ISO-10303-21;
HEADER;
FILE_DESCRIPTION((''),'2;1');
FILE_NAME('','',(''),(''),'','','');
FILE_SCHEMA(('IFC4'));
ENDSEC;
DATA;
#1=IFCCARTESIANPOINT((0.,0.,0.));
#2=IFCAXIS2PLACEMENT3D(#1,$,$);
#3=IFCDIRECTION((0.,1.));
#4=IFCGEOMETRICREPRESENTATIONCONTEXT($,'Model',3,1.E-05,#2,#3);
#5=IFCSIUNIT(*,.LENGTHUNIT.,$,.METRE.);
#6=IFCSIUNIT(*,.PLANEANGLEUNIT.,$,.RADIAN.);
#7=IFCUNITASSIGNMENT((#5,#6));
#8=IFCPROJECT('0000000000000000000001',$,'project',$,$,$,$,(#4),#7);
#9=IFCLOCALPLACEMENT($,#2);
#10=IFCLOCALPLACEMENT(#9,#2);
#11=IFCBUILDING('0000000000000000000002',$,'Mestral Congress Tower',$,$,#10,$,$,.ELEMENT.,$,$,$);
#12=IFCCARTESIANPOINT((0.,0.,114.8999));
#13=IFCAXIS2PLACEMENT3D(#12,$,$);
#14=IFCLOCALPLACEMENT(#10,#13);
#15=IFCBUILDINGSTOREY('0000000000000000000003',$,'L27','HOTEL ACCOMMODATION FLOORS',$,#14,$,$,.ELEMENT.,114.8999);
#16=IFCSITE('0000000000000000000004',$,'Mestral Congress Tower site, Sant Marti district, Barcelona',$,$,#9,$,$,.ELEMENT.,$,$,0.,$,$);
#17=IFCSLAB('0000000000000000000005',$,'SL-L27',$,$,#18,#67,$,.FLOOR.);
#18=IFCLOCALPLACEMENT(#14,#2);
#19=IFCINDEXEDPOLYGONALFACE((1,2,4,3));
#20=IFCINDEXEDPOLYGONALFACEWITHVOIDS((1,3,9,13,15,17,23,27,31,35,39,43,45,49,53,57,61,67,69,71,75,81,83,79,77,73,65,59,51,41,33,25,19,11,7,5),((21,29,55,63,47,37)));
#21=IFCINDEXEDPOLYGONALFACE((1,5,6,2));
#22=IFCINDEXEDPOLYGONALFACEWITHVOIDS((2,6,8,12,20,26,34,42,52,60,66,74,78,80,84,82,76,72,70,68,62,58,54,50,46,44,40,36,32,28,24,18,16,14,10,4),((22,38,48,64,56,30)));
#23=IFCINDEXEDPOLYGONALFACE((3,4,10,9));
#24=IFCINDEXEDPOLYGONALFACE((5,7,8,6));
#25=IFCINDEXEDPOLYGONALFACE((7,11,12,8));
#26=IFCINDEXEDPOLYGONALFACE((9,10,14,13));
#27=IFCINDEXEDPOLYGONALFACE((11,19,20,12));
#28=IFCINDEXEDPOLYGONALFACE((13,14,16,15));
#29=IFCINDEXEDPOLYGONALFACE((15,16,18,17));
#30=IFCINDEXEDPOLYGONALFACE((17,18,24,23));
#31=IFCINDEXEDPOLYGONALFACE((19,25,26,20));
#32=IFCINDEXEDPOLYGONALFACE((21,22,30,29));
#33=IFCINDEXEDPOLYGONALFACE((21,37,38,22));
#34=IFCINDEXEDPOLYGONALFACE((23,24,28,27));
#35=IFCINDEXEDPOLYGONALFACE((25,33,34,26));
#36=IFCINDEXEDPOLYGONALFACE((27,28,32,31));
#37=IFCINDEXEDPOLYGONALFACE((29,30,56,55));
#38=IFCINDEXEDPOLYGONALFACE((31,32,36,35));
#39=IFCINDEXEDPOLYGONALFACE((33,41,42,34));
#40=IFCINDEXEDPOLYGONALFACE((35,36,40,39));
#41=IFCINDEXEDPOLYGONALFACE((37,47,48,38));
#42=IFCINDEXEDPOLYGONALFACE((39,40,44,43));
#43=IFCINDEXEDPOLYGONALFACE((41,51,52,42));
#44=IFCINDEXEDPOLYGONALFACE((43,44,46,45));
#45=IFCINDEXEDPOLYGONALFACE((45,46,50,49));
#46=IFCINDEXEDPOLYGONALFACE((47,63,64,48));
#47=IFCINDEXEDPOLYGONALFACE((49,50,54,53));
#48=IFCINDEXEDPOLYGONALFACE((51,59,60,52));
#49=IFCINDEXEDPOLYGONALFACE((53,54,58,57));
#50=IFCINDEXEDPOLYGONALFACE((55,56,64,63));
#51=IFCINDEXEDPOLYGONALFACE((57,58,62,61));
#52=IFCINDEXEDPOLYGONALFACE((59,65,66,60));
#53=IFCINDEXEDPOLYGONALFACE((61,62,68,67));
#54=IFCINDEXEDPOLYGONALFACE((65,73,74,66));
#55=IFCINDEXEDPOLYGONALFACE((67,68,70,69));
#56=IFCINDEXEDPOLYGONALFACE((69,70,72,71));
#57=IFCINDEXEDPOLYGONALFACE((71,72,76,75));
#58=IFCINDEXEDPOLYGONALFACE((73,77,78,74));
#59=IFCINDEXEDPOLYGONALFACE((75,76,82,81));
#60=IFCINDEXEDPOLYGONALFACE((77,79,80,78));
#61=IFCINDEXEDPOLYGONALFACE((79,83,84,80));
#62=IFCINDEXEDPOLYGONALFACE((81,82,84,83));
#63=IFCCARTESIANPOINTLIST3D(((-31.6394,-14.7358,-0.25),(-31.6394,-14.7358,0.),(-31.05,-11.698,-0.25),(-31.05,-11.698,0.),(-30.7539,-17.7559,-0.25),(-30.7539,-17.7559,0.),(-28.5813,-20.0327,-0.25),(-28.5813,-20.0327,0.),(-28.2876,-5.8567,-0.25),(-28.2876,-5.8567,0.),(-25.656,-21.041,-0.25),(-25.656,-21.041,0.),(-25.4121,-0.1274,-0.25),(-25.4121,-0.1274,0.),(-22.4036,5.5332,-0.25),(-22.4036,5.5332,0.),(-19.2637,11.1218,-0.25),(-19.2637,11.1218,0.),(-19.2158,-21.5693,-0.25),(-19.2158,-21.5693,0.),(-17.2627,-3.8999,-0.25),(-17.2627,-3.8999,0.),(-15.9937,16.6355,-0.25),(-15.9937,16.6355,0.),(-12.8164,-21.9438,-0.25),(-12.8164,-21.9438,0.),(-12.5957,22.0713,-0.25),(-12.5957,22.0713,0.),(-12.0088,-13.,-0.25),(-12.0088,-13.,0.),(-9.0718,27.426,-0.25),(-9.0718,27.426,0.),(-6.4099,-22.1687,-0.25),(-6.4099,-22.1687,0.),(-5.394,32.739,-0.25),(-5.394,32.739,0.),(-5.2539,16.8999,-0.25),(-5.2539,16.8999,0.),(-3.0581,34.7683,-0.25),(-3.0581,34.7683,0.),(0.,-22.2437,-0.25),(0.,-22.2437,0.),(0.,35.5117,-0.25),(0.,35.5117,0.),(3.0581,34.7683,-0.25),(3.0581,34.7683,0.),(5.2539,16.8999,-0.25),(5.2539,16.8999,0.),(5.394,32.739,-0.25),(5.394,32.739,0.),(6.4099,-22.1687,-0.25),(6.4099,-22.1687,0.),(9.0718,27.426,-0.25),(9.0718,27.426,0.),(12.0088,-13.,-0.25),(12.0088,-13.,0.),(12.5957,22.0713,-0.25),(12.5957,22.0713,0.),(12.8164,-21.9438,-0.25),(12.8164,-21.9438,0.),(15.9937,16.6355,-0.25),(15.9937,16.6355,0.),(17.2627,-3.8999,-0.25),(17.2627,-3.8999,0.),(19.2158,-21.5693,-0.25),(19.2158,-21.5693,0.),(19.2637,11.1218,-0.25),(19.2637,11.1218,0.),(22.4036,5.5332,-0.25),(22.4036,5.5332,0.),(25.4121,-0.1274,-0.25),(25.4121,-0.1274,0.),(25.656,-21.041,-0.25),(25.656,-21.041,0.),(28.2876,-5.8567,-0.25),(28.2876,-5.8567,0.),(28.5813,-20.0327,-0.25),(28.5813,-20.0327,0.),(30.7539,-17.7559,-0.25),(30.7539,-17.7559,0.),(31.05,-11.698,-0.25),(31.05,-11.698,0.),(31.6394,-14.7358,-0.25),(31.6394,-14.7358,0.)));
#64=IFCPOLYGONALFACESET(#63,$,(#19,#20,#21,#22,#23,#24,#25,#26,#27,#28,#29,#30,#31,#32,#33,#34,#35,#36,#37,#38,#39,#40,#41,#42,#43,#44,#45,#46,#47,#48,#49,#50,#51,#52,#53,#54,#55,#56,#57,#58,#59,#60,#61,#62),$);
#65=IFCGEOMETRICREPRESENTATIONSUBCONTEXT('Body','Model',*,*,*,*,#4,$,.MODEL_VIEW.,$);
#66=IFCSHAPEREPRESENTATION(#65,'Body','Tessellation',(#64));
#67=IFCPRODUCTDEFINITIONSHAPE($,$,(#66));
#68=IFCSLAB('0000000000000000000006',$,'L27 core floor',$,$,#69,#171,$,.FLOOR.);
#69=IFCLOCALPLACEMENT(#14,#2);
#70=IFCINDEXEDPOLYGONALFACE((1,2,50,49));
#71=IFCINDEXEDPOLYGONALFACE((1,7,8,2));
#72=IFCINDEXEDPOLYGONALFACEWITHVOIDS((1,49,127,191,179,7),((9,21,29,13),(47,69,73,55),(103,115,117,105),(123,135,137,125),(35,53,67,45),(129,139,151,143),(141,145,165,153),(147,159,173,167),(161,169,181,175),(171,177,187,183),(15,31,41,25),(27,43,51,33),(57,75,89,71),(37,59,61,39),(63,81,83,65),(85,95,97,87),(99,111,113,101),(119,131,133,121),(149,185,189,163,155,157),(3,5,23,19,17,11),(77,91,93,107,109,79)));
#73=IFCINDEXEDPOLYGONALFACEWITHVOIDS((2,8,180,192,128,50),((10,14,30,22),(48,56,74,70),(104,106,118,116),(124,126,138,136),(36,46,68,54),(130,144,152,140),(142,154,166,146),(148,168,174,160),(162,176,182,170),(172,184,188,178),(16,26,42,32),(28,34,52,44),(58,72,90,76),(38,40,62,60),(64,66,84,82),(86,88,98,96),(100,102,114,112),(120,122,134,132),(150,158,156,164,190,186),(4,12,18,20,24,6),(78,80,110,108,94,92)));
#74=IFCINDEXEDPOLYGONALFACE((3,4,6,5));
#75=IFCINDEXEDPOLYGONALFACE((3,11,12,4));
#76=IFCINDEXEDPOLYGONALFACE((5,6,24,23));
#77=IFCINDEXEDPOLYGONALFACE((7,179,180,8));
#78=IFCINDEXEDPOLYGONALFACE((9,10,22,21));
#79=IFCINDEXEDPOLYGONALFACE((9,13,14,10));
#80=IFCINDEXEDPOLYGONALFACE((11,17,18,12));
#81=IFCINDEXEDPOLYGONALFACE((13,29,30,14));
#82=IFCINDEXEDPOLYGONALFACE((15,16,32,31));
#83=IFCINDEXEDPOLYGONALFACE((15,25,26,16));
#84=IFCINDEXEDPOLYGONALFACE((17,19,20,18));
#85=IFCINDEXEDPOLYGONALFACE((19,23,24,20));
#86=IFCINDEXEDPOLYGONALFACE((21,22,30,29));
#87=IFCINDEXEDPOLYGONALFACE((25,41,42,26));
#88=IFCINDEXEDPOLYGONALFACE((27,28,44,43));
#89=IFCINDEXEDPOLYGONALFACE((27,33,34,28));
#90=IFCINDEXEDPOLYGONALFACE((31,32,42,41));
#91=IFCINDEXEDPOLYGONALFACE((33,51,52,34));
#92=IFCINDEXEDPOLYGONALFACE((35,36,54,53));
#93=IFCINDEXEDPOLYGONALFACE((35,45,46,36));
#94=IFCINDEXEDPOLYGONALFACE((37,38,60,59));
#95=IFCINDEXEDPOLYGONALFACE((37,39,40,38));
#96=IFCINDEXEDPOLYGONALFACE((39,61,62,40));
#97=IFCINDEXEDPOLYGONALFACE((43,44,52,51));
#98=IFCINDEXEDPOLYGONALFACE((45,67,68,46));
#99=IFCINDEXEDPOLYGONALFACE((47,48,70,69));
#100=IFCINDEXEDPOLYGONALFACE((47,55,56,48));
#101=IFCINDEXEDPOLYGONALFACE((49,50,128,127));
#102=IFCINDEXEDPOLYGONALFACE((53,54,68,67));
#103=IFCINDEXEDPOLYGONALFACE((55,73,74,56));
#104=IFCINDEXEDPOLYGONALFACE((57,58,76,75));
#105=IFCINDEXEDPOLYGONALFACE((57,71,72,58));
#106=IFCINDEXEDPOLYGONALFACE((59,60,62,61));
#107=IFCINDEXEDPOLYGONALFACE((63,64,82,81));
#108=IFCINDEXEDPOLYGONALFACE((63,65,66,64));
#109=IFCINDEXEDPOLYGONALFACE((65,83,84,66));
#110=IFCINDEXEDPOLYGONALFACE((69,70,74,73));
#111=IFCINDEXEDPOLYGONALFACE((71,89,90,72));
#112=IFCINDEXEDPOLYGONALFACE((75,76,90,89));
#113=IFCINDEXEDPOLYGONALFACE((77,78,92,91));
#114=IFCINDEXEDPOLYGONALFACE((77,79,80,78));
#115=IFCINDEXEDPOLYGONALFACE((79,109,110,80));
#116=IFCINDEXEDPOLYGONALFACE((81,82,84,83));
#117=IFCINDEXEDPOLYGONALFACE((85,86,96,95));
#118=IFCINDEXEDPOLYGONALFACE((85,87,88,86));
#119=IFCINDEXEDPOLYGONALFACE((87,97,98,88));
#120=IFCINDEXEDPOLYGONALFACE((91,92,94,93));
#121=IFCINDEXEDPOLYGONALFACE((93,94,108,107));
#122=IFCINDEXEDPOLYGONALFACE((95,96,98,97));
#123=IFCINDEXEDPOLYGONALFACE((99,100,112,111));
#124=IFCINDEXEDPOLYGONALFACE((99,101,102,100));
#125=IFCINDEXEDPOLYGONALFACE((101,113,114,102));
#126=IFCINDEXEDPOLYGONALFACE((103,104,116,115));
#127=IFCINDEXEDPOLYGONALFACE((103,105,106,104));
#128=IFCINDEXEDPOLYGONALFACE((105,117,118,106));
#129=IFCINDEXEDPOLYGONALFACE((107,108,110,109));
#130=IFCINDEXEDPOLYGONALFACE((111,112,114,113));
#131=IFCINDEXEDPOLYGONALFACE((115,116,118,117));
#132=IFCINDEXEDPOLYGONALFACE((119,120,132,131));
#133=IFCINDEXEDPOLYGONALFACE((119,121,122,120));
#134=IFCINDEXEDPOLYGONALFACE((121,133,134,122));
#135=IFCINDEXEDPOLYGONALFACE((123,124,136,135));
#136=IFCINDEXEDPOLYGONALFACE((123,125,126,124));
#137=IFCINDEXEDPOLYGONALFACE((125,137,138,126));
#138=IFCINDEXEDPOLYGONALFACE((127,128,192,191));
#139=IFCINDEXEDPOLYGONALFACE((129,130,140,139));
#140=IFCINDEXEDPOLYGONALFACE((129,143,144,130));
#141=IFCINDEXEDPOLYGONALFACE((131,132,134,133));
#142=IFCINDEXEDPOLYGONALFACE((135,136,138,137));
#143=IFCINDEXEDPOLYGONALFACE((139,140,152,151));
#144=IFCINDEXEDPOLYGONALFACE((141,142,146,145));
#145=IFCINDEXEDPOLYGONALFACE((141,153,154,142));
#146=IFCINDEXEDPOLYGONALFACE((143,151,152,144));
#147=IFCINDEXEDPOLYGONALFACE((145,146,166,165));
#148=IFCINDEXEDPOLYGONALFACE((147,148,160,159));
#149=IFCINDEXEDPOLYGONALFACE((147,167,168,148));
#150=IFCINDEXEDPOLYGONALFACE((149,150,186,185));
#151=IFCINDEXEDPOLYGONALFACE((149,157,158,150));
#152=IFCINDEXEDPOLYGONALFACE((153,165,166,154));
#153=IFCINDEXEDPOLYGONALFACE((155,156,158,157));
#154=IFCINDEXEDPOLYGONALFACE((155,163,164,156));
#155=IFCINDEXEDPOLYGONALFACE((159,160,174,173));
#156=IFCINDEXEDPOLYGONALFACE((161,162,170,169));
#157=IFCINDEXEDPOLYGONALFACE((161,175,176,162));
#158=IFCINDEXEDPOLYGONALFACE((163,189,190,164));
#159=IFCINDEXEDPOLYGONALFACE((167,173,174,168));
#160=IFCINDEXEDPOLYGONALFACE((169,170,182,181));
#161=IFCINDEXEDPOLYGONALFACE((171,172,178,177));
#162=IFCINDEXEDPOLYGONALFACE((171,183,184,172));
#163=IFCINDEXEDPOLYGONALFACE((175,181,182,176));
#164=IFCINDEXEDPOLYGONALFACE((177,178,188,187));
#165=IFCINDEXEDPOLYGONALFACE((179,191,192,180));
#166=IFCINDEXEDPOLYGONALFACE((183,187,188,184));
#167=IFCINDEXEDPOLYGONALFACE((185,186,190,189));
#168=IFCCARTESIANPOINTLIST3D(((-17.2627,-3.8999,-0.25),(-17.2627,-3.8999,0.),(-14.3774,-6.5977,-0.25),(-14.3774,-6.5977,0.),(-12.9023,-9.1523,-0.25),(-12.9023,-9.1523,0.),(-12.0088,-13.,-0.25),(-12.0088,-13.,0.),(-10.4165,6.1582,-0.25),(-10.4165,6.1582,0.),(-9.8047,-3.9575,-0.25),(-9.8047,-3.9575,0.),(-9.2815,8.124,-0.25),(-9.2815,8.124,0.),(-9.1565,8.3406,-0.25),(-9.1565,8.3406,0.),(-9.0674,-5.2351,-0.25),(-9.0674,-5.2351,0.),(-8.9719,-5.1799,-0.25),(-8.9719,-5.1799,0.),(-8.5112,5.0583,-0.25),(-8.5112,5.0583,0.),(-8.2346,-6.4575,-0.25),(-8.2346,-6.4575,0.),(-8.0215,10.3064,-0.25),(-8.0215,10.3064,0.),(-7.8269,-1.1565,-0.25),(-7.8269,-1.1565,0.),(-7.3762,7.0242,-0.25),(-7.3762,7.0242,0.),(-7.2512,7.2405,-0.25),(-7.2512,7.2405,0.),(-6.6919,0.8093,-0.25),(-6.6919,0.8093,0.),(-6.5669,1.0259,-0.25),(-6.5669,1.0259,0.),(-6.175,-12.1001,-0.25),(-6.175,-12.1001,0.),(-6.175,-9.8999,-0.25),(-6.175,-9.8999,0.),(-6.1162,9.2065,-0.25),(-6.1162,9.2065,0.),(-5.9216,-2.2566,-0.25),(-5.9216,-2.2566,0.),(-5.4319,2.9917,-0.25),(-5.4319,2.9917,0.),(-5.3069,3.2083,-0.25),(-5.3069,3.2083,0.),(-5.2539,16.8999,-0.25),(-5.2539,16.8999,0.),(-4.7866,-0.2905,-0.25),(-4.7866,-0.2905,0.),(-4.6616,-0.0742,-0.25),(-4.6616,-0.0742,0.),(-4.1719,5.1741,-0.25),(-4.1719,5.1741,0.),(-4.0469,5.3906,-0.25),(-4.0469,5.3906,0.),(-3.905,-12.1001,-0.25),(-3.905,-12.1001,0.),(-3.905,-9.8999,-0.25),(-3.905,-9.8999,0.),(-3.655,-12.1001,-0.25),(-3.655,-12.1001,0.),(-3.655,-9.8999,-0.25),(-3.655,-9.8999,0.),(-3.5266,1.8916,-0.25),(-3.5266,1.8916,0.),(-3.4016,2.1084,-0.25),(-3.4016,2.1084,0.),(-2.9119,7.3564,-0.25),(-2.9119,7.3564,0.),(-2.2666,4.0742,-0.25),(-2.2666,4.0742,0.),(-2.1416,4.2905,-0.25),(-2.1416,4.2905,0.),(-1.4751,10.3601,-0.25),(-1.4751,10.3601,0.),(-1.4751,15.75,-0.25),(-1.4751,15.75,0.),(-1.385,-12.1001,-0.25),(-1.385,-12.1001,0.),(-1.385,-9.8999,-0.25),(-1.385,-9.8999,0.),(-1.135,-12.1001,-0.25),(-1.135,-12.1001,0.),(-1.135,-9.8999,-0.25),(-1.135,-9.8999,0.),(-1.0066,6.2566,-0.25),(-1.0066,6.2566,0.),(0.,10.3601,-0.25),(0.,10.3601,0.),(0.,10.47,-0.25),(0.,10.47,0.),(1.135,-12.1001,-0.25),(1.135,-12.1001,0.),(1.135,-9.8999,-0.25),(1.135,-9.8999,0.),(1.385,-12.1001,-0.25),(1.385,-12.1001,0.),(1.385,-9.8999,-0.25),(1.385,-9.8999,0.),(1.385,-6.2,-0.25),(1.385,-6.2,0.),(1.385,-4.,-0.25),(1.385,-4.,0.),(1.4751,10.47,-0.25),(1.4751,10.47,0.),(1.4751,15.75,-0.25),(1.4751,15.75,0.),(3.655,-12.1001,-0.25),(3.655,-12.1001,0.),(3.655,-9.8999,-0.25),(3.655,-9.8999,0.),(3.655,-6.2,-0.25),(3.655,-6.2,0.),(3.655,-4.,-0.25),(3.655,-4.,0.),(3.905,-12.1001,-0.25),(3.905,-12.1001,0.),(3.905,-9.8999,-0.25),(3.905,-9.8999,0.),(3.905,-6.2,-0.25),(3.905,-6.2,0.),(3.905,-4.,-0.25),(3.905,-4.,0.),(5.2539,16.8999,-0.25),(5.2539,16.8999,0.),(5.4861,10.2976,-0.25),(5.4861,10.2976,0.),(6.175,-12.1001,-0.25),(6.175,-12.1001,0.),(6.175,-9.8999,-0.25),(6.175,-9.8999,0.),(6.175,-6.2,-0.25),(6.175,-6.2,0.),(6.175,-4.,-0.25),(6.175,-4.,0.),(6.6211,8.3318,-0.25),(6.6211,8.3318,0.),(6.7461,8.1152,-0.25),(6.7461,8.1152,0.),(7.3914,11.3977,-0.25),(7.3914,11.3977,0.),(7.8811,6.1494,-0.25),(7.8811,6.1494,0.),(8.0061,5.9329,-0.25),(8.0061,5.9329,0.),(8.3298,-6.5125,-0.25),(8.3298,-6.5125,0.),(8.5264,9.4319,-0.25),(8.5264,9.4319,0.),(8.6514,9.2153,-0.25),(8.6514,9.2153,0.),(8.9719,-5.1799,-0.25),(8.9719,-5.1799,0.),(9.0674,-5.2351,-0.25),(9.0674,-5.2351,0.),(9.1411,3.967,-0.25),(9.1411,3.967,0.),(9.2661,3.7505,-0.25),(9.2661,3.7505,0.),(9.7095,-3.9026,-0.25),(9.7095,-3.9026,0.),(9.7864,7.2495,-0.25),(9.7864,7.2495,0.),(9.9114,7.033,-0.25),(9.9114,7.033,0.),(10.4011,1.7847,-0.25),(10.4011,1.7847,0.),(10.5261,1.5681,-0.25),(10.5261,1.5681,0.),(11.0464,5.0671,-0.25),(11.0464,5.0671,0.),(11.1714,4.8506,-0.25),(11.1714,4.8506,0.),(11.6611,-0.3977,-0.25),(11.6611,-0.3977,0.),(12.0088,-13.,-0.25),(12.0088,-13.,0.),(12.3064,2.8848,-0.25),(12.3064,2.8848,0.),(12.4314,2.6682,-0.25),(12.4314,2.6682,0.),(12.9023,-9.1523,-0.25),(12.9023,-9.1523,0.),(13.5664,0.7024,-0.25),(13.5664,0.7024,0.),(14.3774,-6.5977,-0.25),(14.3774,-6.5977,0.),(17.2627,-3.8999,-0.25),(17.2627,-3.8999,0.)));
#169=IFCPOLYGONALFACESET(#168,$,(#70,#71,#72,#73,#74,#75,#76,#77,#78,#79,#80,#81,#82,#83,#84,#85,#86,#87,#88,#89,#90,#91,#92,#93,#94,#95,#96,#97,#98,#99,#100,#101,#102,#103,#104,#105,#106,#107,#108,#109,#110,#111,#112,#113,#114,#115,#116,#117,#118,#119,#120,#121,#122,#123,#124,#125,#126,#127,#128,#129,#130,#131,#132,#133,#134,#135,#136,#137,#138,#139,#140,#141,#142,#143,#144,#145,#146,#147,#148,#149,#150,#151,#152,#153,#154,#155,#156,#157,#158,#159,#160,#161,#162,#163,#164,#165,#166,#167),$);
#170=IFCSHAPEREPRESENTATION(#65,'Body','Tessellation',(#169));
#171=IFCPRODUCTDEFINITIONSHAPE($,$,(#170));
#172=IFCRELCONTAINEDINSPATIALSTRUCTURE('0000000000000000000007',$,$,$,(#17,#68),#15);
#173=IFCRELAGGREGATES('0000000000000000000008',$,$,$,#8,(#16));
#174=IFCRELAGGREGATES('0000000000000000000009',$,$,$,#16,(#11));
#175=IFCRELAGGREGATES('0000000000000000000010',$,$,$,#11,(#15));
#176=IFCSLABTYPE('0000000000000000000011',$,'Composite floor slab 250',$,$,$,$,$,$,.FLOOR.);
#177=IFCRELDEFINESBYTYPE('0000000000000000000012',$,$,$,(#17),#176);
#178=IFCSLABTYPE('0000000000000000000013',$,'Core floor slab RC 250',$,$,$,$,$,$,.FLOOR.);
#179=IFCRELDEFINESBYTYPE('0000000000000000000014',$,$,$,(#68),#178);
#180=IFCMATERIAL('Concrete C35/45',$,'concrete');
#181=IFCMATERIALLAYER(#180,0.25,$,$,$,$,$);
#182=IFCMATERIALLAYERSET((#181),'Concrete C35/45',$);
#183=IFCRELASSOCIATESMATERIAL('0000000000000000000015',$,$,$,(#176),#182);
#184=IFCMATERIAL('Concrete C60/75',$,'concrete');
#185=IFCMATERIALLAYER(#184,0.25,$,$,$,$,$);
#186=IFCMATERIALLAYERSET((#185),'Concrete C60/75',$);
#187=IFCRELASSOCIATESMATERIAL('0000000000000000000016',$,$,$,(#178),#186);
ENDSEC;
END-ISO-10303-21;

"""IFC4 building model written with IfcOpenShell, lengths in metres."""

from ifc_helpers import new_model, si_unit, direction, frame, origin, place, context, subcontext, project, spatial, polyline, outline, extrude, material, layer, layer_set, type_object, element, save


model = new_model("IFC4")

# Units and contexts
model_context = context("Model", 3, precision=1e-05, world=origin(), true_north=direction((0.0, 1.0)))
body_context = subcontext(model_context, "Body", "Model", "MODEL_VIEW")
ifc_project = project(units=[si_unit("LENGTHUNIT", "METRE"), si_unit("PLANEANGLEUNIT", "RADIAN")], contexts=[model_context])

# Site, building, storey
site_placement = place(None, origin())
site = spatial("IfcSite", under=ifc_project, at=site_placement, Name="Mestral Congress Tower site, Sant Marti district, Barcelona", CompositionType="ELEMENT", RefElevation=0.0)
building_placement = place(site_placement, origin())
building = spatial("IfcBuilding", under=site, at=building_placement, Name="Mestral Congress Tower", CompositionType="ELEMENT")
storey_placement = place(building_placement, frame((0.0, 0.0, 114.8999)))
storey = spatial("IfcBuildingStorey", under=building, at=storey_placement, Name="L27", Description="HOTEL ACCOMMODATION FLOORS", CompositionType="ELEMENT", Elevation=114.8999)

# Slabs
ifc_material_1 = material(Name="Concrete C35/45", Category="concrete")
ifc_layer_1 = layer(ifc_material_1, 0.25)
ifc_layer_set_1 = layer_set([ifc_layer_1], Name="Concrete C35/45")
slab_type_1 = type_object("IfcSlabType", Name="Composite floor slab 250", PredefinedType="FLOOR", material=ifc_layer_set_1)
placement_1 = place(storey_placement, frame((0.0, 0.0, -0.25)))
element("IfcSlab", 1, at=placement_1, inside=storey, type_object=slab_type_1, Name="SL-L27", PredefinedType="FLOOR", context=body_context, shape_type="SweptSolid", body=[
    extrude(outline(polyline([(-25.656, -21.041), (-28.5813, -20.0327), (-30.7539, -17.7559), (-31.6394, -14.7358), (-31.05, -11.698), (-28.2876, -5.8567), (-25.4121, -0.1274), (-22.4036, 5.5332), (-19.2637, 11.1218), (-15.9937, 16.6355), (-12.5957, 22.0713), (-9.0718, 27.426), (-5.394, 32.739), (-3.0581, 34.7683), (0.0, 35.5117), (3.0581, 34.7683), (5.394, 32.739), (9.0718, 27.426), (12.5957, 22.0713), (15.9937, 16.6355), (19.2637, 11.1218), (22.4036, 5.5332), (25.4121, -0.1274), (28.2876, -5.8567), (31.05, -11.698), (31.6394, -14.7358), (30.7539, -17.7559), (28.5813, -20.0327), (25.656, -21.041), (19.2158, -21.5693), (12.8164, -21.9438), (6.4099, -22.1687), (0.0, -22.2437), (-6.4099, -22.1687), (-12.8164, -21.9438), (-19.2158, -21.5693), (-25.656, -21.041)]), holes=[polyline([(-5.2539, 16.8999), (-17.2627, -3.8999), (-12.0088, -13.0), (12.0088, -13.0), (17.2627, -3.8999), (5.2539, 16.8999), (-5.2539, 16.8999)])]), origin(), (0.0, 0.0, 1.0), 0.25),
])
ifc_material_2 = material(Name="Concrete C60/75", Category="concrete")
ifc_layer_2 = layer(ifc_material_2, 0.25)
ifc_layer_set_2 = layer_set([ifc_layer_2], Name="Concrete C60/75")
slab_type_2 = type_object("IfcSlabType", Name="Core floor slab RC 250", PredefinedType="FLOOR", material=ifc_layer_set_2)
element("IfcSlab", 2, at=placement_1, inside=storey, type_object=slab_type_2, Name="L27 core floor", PredefinedType="FLOOR", context=body_context, shape_type="SweptSolid", body=[
    extrude(outline(polyline([(12.0088, -13.0), (-12.0088, -13.0), (-17.2627, -3.8999), (-5.2539, 16.8999), (5.2539, 16.8999), (17.2627, -3.8999), (12.0088, -13.0)]), holes=[polyline([(-3.905, -9.8999), (-6.175, -9.8999), (-6.175, -12.1001), (-3.905, -12.1001), (-3.905, -9.8999)]), polyline([(-1.385, -9.8999), (-3.655, -9.8999), (-3.655, -12.1001), (-1.385, -12.1001), (-1.385, -9.8999)]), polyline([(1.135, -9.8999), (-1.135, -9.8999), (-1.135, -12.1001), (1.135, -12.1001), (1.135, -9.8999)]), polyline([(-9.0674, -5.2351), (-9.8047, -3.9575), (-14.3774, -6.5977), (-12.9023, -9.1523), (-8.2346, -6.4575), (-8.9719, -5.1799), (-9.0674, -5.2351)]), polyline([(-7.8269, -1.1565), (-5.9216, -2.2566), (-4.7866, -0.2905), (-6.6919, 0.8093), (-7.8269, -1.1565)]), polyline([(-4.6616, -0.0742), (-3.5266, 1.8916), (-5.4319, 2.9917), (-6.5669, 1.0259), (-4.6616, -0.0742)]), polyline([(-3.4016, 2.1084), (-2.2666, 4.0742), (-4.1719, 5.1741), (-5.3069, 3.2083), (-3.4016, 2.1084)]), polyline([(-2.1416, 4.2905), (-1.0066, 6.2566), (-2.9119, 7.3564), (-4.0469, 5.3906), (-2.1416, 4.2905)]), polyline([(-10.4165, 6.1582), (-8.5112, 5.0583), (-7.3762, 7.0242), (-9.2815, 8.124), (-10.4165, 6.1582)]), polyline([(-9.1565, 8.3406), (-7.2512, 7.2405), (-6.1162, 9.2065), (-8.0215, 10.3064), (-9.1565, 8.3406)]), polyline([(1.4751, 10.47), (1.4751, 15.75), (-1.4751, 15.75), (-1.4751, 10.3601), (0.0, 10.3601), (0.0, 10.47), (1.4751, 10.47)]), polyline([(3.655, -9.8999), (1.385, -9.8999), (1.385, -12.1001), (3.655, -12.1001), (3.655, -9.8999)]), polyline([(6.175, -9.8999), (3.905, -9.8999), (3.905, -12.1001), (6.175, -12.1001), (6.175, -9.8999)]), polyline([(9.0674, -5.2351), (8.3298, -6.5125), (12.9023, -9.1523), (14.3774, -6.5977), (9.7095, -3.9026), (8.9719, -5.1799), (9.0674, -5.2351)]), polyline([(3.655, -6.2), (3.655, -4.0), (1.385, -4.0), (1.385, -6.2), (3.655, -6.2)]), polyline([(6.175, -4.0), (3.905, -4.0), (3.905, -6.2), (6.175, -6.2), (6.175, -4.0)]), polyline([(12.4314, 2.6682), (10.5261, 1.5681), (11.6611, -0.3977), (13.5664, 0.7024), (12.4314, 2.6682)]), polyline([(11.1714, 4.8506), (9.2661, 3.7505), (10.4011, 1.7847), (12.3064, 2.8848), (11.1714, 4.8506)]), polyline([(8.0061, 5.9329), (9.1411, 3.967), (11.0464, 5.0671), (9.9114, 7.033), (8.0061, 5.9329)]), polyline([(8.6514, 9.2153), (6.7461, 8.1152), (7.8811, 6.1494), (9.7864, 7.2495), (8.6514, 9.2153)]), polyline([(7.3914, 11.3977), (5.4861, 10.2976), (6.6211, 8.3318), (8.5264, 9.4319), (7.3914, 11.3977)])]), origin(), (0.0, 0.0, 1.0), 0.25),
])

save(model, "model.ifc")
